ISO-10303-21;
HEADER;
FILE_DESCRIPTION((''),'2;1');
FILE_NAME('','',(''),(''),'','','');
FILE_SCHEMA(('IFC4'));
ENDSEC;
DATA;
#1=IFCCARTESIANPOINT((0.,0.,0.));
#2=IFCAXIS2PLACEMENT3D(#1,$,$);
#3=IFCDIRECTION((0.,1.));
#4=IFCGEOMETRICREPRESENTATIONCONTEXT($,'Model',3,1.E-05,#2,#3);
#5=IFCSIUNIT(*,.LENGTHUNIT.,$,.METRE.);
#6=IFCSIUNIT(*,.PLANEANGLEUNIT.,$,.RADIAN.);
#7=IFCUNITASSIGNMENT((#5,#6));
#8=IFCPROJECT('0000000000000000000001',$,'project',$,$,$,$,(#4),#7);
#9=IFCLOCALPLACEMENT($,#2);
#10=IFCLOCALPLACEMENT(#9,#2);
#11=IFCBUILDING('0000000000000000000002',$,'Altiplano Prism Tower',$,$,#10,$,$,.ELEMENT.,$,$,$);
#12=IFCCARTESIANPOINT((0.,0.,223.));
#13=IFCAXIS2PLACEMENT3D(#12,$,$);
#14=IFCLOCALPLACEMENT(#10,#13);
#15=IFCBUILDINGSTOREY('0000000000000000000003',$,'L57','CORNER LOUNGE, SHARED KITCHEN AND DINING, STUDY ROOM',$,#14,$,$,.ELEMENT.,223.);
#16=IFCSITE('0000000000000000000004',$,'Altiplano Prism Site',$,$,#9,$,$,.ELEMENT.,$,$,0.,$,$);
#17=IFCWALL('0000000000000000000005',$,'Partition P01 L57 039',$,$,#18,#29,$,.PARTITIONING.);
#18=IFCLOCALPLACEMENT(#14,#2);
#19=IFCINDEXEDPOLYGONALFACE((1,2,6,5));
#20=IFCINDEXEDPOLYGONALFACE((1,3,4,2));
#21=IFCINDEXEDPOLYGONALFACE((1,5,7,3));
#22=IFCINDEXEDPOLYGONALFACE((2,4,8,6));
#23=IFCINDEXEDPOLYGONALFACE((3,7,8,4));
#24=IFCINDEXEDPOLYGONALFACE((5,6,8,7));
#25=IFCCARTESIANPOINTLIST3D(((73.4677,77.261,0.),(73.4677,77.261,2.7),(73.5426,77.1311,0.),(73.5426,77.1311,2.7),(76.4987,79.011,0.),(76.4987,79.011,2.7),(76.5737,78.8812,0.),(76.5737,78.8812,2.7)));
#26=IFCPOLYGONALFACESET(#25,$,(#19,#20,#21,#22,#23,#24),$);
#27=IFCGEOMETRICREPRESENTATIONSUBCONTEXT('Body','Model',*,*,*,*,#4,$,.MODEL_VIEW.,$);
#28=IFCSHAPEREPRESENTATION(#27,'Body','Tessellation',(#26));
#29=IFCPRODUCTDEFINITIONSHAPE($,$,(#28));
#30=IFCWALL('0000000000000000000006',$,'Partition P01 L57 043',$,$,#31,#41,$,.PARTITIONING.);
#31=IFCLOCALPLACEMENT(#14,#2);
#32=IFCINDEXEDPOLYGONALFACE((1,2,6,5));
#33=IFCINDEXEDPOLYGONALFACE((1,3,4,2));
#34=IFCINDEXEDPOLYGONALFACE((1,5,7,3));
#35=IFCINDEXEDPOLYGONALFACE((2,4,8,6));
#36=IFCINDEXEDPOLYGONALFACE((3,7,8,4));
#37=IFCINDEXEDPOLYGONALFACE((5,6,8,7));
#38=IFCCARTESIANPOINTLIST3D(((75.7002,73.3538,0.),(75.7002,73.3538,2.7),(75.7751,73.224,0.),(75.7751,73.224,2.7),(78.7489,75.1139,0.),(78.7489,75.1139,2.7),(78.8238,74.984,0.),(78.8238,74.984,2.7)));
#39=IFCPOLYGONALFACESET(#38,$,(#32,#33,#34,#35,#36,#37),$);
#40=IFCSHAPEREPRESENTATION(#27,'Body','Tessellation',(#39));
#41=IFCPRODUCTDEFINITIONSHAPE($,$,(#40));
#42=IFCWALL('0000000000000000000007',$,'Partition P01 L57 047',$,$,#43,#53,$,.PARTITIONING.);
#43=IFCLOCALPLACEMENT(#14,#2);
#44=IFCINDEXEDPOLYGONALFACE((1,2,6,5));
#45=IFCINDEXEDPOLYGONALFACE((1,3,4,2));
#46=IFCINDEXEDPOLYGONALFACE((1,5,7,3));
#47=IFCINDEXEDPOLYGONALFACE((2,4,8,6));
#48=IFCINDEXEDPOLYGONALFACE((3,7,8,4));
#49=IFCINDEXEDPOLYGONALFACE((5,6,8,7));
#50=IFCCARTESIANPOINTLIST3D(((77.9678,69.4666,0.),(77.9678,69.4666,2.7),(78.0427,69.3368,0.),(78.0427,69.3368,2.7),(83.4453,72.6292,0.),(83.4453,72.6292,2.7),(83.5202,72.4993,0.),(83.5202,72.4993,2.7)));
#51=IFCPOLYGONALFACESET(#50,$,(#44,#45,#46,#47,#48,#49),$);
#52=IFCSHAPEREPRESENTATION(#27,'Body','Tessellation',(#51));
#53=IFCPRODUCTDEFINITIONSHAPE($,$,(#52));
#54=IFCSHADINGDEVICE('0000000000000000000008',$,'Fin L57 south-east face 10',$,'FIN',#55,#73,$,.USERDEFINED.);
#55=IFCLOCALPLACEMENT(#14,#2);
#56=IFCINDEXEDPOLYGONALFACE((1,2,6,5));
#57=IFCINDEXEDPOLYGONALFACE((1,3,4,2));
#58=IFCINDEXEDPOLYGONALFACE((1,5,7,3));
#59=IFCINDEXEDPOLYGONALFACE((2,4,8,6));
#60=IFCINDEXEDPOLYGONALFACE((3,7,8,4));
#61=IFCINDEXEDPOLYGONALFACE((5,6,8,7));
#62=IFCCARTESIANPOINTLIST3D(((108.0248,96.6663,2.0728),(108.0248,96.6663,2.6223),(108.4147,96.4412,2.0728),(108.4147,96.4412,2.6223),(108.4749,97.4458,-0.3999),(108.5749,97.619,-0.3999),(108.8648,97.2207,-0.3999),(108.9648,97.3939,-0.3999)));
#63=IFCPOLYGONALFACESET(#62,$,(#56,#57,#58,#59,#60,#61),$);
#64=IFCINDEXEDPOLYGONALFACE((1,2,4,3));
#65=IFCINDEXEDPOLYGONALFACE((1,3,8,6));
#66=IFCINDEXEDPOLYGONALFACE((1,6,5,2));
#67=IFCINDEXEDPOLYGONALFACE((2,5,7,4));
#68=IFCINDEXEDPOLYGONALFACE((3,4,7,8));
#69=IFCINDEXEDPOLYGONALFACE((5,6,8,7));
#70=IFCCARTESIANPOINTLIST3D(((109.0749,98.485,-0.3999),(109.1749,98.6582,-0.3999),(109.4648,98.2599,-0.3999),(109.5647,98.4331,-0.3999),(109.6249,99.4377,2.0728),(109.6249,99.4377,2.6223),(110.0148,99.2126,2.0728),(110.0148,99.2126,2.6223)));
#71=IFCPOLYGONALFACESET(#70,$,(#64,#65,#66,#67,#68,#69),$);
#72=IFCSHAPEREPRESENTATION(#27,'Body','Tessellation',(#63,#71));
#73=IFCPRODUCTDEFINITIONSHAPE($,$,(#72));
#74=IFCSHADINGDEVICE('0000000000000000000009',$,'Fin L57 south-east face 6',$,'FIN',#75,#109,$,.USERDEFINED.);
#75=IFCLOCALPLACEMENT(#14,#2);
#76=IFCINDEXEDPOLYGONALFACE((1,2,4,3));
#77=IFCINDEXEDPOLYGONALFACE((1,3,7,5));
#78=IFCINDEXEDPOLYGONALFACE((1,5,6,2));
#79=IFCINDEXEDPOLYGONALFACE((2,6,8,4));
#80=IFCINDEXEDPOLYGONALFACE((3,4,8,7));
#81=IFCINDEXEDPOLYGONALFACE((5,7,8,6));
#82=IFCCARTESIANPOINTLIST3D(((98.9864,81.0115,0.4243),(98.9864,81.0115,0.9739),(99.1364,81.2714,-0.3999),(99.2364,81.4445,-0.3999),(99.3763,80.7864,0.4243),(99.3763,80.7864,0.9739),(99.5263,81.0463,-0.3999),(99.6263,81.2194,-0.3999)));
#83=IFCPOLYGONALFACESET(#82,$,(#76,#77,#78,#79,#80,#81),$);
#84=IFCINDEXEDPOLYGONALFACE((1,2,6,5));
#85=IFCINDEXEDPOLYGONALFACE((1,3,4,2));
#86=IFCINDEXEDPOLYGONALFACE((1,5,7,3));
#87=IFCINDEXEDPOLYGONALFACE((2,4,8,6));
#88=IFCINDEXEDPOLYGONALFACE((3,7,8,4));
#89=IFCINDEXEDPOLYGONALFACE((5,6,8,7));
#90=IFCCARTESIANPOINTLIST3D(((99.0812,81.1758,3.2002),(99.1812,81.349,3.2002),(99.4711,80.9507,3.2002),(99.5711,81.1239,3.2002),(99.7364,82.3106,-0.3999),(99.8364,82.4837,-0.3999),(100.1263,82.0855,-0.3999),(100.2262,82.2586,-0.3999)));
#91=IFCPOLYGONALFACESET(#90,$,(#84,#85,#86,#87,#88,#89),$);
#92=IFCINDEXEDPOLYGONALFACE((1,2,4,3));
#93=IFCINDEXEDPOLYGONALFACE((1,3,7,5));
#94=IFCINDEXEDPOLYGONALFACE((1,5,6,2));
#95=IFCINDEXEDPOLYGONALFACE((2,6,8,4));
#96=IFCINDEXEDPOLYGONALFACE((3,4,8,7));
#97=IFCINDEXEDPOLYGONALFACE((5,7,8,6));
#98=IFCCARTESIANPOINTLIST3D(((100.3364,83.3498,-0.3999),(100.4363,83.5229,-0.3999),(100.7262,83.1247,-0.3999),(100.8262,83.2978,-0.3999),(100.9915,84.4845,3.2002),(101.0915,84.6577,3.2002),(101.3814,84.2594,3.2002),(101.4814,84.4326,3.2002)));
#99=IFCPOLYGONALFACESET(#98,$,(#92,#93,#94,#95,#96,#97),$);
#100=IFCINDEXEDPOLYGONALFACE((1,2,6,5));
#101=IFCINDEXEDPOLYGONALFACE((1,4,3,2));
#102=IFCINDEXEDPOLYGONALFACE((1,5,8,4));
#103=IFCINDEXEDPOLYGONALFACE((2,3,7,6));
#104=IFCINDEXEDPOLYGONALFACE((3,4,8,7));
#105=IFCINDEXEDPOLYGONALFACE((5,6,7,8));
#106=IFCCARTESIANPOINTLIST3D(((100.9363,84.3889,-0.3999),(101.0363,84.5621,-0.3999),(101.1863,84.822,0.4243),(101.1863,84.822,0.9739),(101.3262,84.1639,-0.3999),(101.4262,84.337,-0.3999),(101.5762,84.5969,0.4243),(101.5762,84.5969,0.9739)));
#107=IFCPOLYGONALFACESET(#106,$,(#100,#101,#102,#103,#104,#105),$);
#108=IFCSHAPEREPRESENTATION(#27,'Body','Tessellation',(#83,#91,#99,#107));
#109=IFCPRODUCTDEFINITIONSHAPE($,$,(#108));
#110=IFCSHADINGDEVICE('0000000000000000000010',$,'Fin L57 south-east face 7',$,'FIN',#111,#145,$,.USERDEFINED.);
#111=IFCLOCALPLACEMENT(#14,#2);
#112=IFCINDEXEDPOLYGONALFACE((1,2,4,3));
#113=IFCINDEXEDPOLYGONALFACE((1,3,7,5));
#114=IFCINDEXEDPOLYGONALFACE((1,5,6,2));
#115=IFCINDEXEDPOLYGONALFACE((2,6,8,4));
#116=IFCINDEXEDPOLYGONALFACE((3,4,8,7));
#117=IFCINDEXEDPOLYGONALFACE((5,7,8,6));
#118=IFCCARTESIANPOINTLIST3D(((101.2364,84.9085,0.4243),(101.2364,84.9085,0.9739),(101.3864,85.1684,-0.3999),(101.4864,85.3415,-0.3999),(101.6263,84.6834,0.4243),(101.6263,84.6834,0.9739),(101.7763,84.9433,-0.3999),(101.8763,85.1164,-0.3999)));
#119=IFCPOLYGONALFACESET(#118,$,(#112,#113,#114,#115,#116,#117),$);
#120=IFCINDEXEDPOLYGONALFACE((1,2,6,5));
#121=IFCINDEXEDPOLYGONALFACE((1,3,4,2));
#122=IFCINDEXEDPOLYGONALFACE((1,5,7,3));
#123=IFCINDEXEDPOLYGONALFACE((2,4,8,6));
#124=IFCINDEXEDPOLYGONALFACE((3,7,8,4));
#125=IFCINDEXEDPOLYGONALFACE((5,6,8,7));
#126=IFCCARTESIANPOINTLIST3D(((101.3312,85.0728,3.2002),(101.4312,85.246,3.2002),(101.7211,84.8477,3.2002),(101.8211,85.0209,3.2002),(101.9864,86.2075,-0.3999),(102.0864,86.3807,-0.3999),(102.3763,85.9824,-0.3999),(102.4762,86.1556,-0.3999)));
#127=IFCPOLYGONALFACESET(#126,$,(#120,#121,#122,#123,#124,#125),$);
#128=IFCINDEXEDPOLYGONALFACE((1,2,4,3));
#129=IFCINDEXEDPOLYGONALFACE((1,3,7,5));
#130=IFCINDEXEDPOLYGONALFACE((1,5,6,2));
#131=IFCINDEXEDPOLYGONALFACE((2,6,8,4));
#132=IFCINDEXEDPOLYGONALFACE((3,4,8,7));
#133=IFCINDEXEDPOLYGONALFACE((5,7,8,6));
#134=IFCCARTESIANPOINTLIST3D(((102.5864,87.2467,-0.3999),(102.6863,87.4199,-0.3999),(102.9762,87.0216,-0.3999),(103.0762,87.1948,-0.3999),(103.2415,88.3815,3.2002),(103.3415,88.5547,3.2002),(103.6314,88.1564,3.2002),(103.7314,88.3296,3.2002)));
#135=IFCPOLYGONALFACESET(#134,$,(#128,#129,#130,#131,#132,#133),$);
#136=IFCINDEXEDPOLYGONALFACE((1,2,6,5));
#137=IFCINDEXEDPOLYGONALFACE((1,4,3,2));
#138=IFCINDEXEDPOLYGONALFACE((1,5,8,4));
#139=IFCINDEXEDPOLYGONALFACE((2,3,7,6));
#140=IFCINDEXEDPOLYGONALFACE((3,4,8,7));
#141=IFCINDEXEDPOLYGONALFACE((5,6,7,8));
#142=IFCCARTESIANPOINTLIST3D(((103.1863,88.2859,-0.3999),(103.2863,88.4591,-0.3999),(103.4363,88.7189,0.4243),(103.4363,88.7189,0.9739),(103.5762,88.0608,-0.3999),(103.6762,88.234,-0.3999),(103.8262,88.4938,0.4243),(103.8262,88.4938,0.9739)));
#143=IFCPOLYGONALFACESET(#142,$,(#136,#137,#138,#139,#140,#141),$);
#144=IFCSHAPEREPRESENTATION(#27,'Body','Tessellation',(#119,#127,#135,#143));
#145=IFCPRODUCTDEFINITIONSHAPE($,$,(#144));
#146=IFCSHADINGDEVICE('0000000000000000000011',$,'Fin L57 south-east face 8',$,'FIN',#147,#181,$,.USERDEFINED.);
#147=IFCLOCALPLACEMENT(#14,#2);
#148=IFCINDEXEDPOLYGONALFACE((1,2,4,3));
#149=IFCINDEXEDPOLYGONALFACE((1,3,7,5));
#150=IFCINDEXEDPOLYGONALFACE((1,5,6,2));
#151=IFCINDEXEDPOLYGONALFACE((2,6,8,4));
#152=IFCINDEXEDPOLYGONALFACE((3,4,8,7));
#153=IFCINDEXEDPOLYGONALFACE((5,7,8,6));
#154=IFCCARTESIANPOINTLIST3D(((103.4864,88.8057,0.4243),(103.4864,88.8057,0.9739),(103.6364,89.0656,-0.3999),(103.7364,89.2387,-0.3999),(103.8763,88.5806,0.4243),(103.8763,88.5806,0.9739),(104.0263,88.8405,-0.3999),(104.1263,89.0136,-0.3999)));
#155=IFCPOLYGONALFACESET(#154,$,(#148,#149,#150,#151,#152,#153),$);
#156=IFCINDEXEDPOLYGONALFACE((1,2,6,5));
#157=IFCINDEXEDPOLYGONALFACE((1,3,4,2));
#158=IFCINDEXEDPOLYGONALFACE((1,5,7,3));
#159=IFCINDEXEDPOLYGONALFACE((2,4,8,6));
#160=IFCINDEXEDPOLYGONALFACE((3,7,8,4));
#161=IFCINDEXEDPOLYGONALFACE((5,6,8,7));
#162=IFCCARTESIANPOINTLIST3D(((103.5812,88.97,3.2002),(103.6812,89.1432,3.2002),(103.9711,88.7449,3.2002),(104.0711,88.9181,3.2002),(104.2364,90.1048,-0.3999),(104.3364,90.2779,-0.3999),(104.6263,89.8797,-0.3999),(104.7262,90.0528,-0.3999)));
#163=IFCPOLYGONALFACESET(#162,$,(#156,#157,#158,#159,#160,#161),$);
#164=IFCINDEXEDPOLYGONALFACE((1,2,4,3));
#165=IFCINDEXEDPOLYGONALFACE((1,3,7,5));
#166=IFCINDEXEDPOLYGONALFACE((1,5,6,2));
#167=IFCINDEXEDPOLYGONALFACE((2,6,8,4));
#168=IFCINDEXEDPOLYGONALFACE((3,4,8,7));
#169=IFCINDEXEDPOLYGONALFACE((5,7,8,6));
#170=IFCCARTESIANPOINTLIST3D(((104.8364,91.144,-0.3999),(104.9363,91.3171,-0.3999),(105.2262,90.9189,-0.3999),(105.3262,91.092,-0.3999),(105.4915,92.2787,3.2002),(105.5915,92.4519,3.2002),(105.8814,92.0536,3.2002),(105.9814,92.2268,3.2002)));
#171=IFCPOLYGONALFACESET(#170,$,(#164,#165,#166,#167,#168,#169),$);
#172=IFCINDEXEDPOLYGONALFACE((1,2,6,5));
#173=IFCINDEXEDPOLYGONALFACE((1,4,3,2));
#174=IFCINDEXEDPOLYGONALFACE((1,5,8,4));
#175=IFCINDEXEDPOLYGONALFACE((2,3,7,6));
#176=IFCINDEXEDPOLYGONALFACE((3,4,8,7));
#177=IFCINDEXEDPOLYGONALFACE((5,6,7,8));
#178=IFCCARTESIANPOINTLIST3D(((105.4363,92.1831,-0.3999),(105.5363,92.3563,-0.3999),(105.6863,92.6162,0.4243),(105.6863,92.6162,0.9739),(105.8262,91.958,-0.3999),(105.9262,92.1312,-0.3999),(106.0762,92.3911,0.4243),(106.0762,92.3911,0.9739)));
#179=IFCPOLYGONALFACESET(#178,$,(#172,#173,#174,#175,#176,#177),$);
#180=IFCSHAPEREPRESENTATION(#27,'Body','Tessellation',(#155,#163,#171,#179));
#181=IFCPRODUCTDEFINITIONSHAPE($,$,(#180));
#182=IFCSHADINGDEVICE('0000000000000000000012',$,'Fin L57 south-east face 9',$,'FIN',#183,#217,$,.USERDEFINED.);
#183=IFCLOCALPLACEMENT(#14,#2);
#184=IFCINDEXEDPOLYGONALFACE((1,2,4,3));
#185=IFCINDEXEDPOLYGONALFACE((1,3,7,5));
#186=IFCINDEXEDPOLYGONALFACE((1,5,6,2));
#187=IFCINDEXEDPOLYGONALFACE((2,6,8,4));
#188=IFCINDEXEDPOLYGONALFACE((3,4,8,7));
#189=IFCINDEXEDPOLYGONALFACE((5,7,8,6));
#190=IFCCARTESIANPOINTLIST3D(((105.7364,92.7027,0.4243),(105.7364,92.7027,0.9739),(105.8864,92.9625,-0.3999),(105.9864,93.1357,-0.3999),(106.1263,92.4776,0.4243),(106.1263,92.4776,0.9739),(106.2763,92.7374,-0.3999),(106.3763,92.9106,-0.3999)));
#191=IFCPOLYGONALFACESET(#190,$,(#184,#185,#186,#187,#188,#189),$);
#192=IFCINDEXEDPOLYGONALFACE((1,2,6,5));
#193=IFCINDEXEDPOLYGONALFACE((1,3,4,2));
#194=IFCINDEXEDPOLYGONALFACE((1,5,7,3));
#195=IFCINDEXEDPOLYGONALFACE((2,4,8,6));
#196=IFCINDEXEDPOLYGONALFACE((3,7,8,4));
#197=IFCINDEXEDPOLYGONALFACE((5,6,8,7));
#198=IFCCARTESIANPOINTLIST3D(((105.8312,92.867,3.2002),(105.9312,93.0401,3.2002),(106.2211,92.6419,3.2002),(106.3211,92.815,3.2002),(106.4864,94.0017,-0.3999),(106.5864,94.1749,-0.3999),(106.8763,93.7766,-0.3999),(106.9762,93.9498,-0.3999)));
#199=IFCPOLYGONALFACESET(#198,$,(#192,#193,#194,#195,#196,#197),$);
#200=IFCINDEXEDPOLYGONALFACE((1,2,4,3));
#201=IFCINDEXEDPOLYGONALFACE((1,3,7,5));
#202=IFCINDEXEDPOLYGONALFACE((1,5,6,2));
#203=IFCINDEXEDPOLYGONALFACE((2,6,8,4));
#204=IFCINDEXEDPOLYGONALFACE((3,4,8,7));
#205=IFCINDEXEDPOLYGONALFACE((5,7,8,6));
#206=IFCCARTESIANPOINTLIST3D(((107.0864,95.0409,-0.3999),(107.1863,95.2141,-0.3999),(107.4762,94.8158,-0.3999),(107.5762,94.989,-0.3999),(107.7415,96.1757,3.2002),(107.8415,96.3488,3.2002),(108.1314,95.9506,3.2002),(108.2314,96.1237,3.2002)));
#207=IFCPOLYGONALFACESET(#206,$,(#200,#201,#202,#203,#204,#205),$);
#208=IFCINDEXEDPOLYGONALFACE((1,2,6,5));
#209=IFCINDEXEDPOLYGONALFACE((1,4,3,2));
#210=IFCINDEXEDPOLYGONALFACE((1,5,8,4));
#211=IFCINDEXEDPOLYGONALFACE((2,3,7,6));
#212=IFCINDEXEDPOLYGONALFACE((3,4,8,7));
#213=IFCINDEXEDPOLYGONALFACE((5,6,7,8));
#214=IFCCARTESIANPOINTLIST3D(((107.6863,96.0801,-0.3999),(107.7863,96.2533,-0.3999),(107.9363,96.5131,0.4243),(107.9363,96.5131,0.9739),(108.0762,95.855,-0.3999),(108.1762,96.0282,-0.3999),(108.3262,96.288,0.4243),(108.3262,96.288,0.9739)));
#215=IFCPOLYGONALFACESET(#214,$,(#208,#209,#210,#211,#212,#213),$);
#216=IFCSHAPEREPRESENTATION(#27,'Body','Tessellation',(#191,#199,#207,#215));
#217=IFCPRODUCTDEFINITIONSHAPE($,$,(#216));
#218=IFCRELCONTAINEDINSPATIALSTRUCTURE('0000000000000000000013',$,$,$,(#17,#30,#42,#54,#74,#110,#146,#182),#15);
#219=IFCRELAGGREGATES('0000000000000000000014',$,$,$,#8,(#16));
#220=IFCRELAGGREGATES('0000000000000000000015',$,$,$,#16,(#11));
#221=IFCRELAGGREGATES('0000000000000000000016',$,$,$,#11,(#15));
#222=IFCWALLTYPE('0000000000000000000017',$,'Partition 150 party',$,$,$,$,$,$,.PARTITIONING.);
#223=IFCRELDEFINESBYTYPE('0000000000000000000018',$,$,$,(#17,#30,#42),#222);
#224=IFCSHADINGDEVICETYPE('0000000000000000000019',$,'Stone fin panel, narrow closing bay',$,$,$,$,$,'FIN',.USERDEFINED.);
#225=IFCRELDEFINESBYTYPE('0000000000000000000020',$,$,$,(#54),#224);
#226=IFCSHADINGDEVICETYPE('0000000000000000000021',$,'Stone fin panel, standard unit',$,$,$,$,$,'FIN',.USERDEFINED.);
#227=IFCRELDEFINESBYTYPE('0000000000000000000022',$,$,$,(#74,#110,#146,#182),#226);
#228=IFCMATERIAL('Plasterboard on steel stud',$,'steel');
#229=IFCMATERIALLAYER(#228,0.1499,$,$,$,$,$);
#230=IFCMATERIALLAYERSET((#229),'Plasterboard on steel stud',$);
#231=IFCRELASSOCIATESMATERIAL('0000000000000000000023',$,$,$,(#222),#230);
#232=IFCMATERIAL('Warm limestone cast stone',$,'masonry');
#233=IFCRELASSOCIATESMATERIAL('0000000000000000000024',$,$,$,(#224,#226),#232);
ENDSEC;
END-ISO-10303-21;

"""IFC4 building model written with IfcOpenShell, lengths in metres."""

from ifc_helpers import new_model, si_unit, direction, frame, frame_2d, origin, place, context, subcontext, project, spatial, polyline, rectangle, outline, extrude, source, transform, mapped, material, layer, layer_set, type_object, element, save


model = new_model("IFC4")

# Units and contexts
model_context = context("Model", 3, precision=1e-05, world=origin(), true_north=direction((0.0, 1.0)))
body_context = subcontext(model_context, "Body", "Model", "MODEL_VIEW")
ifc_project = project(units=[si_unit("LENGTHUNIT", "METRE"), si_unit("PLANEANGLEUNIT", "RADIAN")], contexts=[model_context])

# Site, building, storey
site_placement = place(None, origin())
site = spatial("IfcSite", under=ifc_project, at=site_placement, Name="Altiplano Prism Site", CompositionType="ELEMENT", RefElevation=0.0)
building_placement = place(site_placement, origin())
building = spatial("IfcBuilding", under=site, at=building_placement, Name="Altiplano Prism Tower", CompositionType="ELEMENT")
storey_placement = place(building_placement, frame((0.0, 0.0, 223.0)))
storey = spatial("IfcBuildingStorey", under=building, at=storey_placement, Name="L57", Description="CORNER LOUNGE, SHARED KITCHEN AND DINING, STUDY ROOM", CompositionType="ELEMENT", Elevation=223.0)

# Walls
ifc_material_1 = material(Name="Plasterboard on steel stud", Category="steel")
ifc_layer_1 = layer(ifc_material_1, 0.1499)
ifc_layer_set_1 = layer_set([ifc_layer_1], Name="Plasterboard on steel stud")
wall_type_1 = type_object("IfcWallType", Name="Partition 150 party", PredefinedType="PARTITIONING", material=ifc_layer_set_1)
wall_1_placement = place(storey_placement, frame((73.5051, 77.196, 0.0), z_axis=(0.0, 0.0, 1.0), x_axis=(0.866019, 0.50001, 0.0)))
element("IfcWall", 1, at=wall_1_placement, inside=storey, type_object=wall_type_1, Name="Partition P01 L57 039", PredefinedType="PARTITIONING", context=body_context, shape_type="SweptSolid", body=[
    extrude(rectangle(XDim=3.5, YDim=0.1499, at=frame_2d((1.75, 0.0))), origin(), (0.0, 0.0, 1.0), 2.7),
])
wall_2_placement = place(storey_placement, frame((75.7375, 73.2888, 0.0), z_axis=(0.0, 0.0, 1.0), x_axis=(0.866037, 0.499981, 0.0)))
element("IfcWall", 2, at=wall_2_placement, inside=storey, type_object=wall_type_1, Name="Partition P01 L57 043", PredefinedType="PARTITIONING", context=body_context, shape_type="SweptSolid", body=[
    extrude(rectangle(XDim=3.5203, YDim=0.1499, at=frame_2d((1.7603, 0.0))), origin(), (0.0, 0.0, 1.0), 2.7),
])
wall_3_placement = place(storey_placement, frame((78.0051, 69.4016, 0.0), z_axis=(0.0, 0.0, 1.0), x_axis=(0.866016, 0.500016, 0.0)))
element("IfcWall", 3, at=wall_3_placement, inside=storey, type_object=wall_type_1, Name="Partition P01 L57 047", PredefinedType="PARTITIONING", context=body_context, shape_type="SweptSolid", body=[
    extrude(rectangle(XDim=6.325, YDim=0.1499, at=frame_2d((3.1626, 0.0))), origin(), (0.0, 0.0, 1.0), 2.7),
])

# Shading devices
ifc_material_2 = material(Name="Warm limestone cast stone", Category="masonry")
shading_device_type_1 = type_object("IfcShadingDeviceType", Name="Stone fin panel, narrow closing bay", ElementType="FIN", PredefinedType="USERDEFINED", material=ifc_material_2)
shared_shape_1 = source(origin(), body_context, "Body", "SweptSolid", [
    extrude(outline(polyline([(-1.6001, 3.0222), (-1.6001, 2.4727), (-0.7, 0.0), (-0.5, 0.0), (-1.6001, 3.0222)])), frame((0.0, -0.1499, 0.0), z_axis=(0.0, -1.0, 0.0), x_axis=(1.0, 0.0, 0.0)), (0.0, 0.0, 1.0), 0.4502),
    extrude(outline(polyline([(1.6001, 2.4727), (1.6001, 3.0222), (0.5, 0.0), (0.7, 0.0), (1.6001, 2.4727)])), frame((0.0, -0.1499, 0.0), z_axis=(0.0, -1.0, 0.0), x_axis=(1.0, 0.0, 0.0)), (0.0, 0.0, 1.0), 0.4502),
])
shading_device_1_placement = place(storey_placement, origin())
element("IfcShadingDevice", 4, at=shading_device_1_placement, inside=storey, type_object=shading_device_type_1, Name="Fin L57 south-east face 10", ObjectType="FIN", PredefinedType="USERDEFINED", context=body_context, shape_type="MappedRepresentation", body=[
    mapped(shared_shape_1, transform((108.6951, 98.127, -0.3999), x_axis=(0.5, 0.866025, 0.0), y_axis=(-0.866025, 0.5, 0.0), z_axis=(0.0, 0.0, 1.0))),
])
shading_device_type_2 = type_object("IfcShadingDeviceType", Name="Stone fin panel, standard unit", ElementType="FIN", PredefinedType="USERDEFINED", material=ifc_material_2)
shared_shape_2 = source(origin(), body_context, "Body", "SweptSolid", [
    extrude(outline(polyline([(-2.2, 1.3738), (-2.2, 0.8242), (-1.8999, 0.0), (-1.7, 0.0), (-2.2, 1.3738)])), frame((0.0, -0.1499, 0.0), z_axis=(0.0, -1.0, 0.0), x_axis=(1.0, 0.0, 0.0)), (0.0, 0.0, 1.0), 0.4502),
    extrude(outline(polyline([(-2.0103, 3.6001), (-0.7, 0.0), (-0.5, 0.0), (-1.8103, 3.6001), (-2.0103, 3.6001)])), frame((0.0, -0.1499, 0.0), z_axis=(0.0, -1.0, 0.0), x_axis=(1.0, 0.0, 0.0)), (0.0, 0.0, 1.0), 0.4502),
    extrude(outline(polyline([(1.8103, 3.6001), (0.5, 0.0), (0.7, 0.0), (2.0103, 3.6001), (1.8103, 3.6001)])), frame((0.0, -0.1499, 0.0), z_axis=(0.0, -1.0, 0.0), x_axis=(1.0, 0.0, 0.0)), (0.0, 0.0, 1.0), 0.4502),
    extrude(outline(polyline([(2.2, 0.8242), (2.2, 1.3738), (1.7, 0.0), (1.8999, 0.0), (2.2, 0.8242)])), frame((0.0, -0.1499, 0.0), z_axis=(0.0, -1.0, 0.0), x_axis=(1.0, 0.0, 0.0)), (0.0, 0.0, 1.0), 0.4502),
])
shading_device_2_placement = place(storey_placement, origin())
element("IfcShadingDevice", 5, at=shading_device_2_placement, inside=storey, type_object=shading_device_type_2, Name="Fin L57 south-east face 6", ObjectType="FIN", PredefinedType="USERDEFINED", context=body_context, shape_type="MappedRepresentation", body=[
    mapped(shared_shape_2, transform((99.9565, 82.9917, -0.3999), x_axis=(0.5, 0.866025, 0.0), y_axis=(-0.866025, 0.5, 0.0), z_axis=(0.0, 0.0, 1.0))),
])
shading_device_3_placement = place(storey_placement, origin())
element("IfcShadingDevice", 6, at=shading_device_3_placement, inside=storey, type_object=shading_device_type_2, Name="Fin L57 south-east face 7", ObjectType="FIN", PredefinedType="USERDEFINED", context=body_context, shape_type="MappedRepresentation", body=[
    mapped(shared_shape_2, transform((102.2065, 86.8887, -0.3999), x_axis=(0.5, 0.866025, 0.0), y_axis=(-0.866025, 0.5, 0.0), z_axis=(0.0, 0.0, 1.0))),
])
shading_device_4_placement = place(storey_placement, origin())
element("IfcShadingDevice", 7, at=shading_device_4_placement, inside=storey, type_object=shading_device_type_2, Name="Fin L57 south-east face 8", ObjectType="FIN", PredefinedType="USERDEFINED", context=body_context, shape_type="MappedRepresentation", body=[
    mapped(shared_shape_2, transform((104.4565, 90.7859, -0.3999), x_axis=(0.5, 0.866025, 0.0), y_axis=(-0.866025, 0.5, 0.0), z_axis=(0.0, 0.0, 1.0))),
])
shading_device_5_placement = place(storey_placement, origin())
element("IfcShadingDevice", 8, at=shading_device_5_placement, inside=storey, type_object=shading_device_type_2, Name="Fin L57 south-east face 9", ObjectType="FIN", PredefinedType="USERDEFINED", context=body_context, shape_type="MappedRepresentation", body=[
    mapped(shared_shape_2, transform((106.7065, 94.6829, -0.3999), x_axis=(0.5, 0.866025, 0.0), y_axis=(-0.866025, 0.5, 0.0), z_axis=(0.0, 0.0, 1.0))),
])

save(model, "model.ifc")
